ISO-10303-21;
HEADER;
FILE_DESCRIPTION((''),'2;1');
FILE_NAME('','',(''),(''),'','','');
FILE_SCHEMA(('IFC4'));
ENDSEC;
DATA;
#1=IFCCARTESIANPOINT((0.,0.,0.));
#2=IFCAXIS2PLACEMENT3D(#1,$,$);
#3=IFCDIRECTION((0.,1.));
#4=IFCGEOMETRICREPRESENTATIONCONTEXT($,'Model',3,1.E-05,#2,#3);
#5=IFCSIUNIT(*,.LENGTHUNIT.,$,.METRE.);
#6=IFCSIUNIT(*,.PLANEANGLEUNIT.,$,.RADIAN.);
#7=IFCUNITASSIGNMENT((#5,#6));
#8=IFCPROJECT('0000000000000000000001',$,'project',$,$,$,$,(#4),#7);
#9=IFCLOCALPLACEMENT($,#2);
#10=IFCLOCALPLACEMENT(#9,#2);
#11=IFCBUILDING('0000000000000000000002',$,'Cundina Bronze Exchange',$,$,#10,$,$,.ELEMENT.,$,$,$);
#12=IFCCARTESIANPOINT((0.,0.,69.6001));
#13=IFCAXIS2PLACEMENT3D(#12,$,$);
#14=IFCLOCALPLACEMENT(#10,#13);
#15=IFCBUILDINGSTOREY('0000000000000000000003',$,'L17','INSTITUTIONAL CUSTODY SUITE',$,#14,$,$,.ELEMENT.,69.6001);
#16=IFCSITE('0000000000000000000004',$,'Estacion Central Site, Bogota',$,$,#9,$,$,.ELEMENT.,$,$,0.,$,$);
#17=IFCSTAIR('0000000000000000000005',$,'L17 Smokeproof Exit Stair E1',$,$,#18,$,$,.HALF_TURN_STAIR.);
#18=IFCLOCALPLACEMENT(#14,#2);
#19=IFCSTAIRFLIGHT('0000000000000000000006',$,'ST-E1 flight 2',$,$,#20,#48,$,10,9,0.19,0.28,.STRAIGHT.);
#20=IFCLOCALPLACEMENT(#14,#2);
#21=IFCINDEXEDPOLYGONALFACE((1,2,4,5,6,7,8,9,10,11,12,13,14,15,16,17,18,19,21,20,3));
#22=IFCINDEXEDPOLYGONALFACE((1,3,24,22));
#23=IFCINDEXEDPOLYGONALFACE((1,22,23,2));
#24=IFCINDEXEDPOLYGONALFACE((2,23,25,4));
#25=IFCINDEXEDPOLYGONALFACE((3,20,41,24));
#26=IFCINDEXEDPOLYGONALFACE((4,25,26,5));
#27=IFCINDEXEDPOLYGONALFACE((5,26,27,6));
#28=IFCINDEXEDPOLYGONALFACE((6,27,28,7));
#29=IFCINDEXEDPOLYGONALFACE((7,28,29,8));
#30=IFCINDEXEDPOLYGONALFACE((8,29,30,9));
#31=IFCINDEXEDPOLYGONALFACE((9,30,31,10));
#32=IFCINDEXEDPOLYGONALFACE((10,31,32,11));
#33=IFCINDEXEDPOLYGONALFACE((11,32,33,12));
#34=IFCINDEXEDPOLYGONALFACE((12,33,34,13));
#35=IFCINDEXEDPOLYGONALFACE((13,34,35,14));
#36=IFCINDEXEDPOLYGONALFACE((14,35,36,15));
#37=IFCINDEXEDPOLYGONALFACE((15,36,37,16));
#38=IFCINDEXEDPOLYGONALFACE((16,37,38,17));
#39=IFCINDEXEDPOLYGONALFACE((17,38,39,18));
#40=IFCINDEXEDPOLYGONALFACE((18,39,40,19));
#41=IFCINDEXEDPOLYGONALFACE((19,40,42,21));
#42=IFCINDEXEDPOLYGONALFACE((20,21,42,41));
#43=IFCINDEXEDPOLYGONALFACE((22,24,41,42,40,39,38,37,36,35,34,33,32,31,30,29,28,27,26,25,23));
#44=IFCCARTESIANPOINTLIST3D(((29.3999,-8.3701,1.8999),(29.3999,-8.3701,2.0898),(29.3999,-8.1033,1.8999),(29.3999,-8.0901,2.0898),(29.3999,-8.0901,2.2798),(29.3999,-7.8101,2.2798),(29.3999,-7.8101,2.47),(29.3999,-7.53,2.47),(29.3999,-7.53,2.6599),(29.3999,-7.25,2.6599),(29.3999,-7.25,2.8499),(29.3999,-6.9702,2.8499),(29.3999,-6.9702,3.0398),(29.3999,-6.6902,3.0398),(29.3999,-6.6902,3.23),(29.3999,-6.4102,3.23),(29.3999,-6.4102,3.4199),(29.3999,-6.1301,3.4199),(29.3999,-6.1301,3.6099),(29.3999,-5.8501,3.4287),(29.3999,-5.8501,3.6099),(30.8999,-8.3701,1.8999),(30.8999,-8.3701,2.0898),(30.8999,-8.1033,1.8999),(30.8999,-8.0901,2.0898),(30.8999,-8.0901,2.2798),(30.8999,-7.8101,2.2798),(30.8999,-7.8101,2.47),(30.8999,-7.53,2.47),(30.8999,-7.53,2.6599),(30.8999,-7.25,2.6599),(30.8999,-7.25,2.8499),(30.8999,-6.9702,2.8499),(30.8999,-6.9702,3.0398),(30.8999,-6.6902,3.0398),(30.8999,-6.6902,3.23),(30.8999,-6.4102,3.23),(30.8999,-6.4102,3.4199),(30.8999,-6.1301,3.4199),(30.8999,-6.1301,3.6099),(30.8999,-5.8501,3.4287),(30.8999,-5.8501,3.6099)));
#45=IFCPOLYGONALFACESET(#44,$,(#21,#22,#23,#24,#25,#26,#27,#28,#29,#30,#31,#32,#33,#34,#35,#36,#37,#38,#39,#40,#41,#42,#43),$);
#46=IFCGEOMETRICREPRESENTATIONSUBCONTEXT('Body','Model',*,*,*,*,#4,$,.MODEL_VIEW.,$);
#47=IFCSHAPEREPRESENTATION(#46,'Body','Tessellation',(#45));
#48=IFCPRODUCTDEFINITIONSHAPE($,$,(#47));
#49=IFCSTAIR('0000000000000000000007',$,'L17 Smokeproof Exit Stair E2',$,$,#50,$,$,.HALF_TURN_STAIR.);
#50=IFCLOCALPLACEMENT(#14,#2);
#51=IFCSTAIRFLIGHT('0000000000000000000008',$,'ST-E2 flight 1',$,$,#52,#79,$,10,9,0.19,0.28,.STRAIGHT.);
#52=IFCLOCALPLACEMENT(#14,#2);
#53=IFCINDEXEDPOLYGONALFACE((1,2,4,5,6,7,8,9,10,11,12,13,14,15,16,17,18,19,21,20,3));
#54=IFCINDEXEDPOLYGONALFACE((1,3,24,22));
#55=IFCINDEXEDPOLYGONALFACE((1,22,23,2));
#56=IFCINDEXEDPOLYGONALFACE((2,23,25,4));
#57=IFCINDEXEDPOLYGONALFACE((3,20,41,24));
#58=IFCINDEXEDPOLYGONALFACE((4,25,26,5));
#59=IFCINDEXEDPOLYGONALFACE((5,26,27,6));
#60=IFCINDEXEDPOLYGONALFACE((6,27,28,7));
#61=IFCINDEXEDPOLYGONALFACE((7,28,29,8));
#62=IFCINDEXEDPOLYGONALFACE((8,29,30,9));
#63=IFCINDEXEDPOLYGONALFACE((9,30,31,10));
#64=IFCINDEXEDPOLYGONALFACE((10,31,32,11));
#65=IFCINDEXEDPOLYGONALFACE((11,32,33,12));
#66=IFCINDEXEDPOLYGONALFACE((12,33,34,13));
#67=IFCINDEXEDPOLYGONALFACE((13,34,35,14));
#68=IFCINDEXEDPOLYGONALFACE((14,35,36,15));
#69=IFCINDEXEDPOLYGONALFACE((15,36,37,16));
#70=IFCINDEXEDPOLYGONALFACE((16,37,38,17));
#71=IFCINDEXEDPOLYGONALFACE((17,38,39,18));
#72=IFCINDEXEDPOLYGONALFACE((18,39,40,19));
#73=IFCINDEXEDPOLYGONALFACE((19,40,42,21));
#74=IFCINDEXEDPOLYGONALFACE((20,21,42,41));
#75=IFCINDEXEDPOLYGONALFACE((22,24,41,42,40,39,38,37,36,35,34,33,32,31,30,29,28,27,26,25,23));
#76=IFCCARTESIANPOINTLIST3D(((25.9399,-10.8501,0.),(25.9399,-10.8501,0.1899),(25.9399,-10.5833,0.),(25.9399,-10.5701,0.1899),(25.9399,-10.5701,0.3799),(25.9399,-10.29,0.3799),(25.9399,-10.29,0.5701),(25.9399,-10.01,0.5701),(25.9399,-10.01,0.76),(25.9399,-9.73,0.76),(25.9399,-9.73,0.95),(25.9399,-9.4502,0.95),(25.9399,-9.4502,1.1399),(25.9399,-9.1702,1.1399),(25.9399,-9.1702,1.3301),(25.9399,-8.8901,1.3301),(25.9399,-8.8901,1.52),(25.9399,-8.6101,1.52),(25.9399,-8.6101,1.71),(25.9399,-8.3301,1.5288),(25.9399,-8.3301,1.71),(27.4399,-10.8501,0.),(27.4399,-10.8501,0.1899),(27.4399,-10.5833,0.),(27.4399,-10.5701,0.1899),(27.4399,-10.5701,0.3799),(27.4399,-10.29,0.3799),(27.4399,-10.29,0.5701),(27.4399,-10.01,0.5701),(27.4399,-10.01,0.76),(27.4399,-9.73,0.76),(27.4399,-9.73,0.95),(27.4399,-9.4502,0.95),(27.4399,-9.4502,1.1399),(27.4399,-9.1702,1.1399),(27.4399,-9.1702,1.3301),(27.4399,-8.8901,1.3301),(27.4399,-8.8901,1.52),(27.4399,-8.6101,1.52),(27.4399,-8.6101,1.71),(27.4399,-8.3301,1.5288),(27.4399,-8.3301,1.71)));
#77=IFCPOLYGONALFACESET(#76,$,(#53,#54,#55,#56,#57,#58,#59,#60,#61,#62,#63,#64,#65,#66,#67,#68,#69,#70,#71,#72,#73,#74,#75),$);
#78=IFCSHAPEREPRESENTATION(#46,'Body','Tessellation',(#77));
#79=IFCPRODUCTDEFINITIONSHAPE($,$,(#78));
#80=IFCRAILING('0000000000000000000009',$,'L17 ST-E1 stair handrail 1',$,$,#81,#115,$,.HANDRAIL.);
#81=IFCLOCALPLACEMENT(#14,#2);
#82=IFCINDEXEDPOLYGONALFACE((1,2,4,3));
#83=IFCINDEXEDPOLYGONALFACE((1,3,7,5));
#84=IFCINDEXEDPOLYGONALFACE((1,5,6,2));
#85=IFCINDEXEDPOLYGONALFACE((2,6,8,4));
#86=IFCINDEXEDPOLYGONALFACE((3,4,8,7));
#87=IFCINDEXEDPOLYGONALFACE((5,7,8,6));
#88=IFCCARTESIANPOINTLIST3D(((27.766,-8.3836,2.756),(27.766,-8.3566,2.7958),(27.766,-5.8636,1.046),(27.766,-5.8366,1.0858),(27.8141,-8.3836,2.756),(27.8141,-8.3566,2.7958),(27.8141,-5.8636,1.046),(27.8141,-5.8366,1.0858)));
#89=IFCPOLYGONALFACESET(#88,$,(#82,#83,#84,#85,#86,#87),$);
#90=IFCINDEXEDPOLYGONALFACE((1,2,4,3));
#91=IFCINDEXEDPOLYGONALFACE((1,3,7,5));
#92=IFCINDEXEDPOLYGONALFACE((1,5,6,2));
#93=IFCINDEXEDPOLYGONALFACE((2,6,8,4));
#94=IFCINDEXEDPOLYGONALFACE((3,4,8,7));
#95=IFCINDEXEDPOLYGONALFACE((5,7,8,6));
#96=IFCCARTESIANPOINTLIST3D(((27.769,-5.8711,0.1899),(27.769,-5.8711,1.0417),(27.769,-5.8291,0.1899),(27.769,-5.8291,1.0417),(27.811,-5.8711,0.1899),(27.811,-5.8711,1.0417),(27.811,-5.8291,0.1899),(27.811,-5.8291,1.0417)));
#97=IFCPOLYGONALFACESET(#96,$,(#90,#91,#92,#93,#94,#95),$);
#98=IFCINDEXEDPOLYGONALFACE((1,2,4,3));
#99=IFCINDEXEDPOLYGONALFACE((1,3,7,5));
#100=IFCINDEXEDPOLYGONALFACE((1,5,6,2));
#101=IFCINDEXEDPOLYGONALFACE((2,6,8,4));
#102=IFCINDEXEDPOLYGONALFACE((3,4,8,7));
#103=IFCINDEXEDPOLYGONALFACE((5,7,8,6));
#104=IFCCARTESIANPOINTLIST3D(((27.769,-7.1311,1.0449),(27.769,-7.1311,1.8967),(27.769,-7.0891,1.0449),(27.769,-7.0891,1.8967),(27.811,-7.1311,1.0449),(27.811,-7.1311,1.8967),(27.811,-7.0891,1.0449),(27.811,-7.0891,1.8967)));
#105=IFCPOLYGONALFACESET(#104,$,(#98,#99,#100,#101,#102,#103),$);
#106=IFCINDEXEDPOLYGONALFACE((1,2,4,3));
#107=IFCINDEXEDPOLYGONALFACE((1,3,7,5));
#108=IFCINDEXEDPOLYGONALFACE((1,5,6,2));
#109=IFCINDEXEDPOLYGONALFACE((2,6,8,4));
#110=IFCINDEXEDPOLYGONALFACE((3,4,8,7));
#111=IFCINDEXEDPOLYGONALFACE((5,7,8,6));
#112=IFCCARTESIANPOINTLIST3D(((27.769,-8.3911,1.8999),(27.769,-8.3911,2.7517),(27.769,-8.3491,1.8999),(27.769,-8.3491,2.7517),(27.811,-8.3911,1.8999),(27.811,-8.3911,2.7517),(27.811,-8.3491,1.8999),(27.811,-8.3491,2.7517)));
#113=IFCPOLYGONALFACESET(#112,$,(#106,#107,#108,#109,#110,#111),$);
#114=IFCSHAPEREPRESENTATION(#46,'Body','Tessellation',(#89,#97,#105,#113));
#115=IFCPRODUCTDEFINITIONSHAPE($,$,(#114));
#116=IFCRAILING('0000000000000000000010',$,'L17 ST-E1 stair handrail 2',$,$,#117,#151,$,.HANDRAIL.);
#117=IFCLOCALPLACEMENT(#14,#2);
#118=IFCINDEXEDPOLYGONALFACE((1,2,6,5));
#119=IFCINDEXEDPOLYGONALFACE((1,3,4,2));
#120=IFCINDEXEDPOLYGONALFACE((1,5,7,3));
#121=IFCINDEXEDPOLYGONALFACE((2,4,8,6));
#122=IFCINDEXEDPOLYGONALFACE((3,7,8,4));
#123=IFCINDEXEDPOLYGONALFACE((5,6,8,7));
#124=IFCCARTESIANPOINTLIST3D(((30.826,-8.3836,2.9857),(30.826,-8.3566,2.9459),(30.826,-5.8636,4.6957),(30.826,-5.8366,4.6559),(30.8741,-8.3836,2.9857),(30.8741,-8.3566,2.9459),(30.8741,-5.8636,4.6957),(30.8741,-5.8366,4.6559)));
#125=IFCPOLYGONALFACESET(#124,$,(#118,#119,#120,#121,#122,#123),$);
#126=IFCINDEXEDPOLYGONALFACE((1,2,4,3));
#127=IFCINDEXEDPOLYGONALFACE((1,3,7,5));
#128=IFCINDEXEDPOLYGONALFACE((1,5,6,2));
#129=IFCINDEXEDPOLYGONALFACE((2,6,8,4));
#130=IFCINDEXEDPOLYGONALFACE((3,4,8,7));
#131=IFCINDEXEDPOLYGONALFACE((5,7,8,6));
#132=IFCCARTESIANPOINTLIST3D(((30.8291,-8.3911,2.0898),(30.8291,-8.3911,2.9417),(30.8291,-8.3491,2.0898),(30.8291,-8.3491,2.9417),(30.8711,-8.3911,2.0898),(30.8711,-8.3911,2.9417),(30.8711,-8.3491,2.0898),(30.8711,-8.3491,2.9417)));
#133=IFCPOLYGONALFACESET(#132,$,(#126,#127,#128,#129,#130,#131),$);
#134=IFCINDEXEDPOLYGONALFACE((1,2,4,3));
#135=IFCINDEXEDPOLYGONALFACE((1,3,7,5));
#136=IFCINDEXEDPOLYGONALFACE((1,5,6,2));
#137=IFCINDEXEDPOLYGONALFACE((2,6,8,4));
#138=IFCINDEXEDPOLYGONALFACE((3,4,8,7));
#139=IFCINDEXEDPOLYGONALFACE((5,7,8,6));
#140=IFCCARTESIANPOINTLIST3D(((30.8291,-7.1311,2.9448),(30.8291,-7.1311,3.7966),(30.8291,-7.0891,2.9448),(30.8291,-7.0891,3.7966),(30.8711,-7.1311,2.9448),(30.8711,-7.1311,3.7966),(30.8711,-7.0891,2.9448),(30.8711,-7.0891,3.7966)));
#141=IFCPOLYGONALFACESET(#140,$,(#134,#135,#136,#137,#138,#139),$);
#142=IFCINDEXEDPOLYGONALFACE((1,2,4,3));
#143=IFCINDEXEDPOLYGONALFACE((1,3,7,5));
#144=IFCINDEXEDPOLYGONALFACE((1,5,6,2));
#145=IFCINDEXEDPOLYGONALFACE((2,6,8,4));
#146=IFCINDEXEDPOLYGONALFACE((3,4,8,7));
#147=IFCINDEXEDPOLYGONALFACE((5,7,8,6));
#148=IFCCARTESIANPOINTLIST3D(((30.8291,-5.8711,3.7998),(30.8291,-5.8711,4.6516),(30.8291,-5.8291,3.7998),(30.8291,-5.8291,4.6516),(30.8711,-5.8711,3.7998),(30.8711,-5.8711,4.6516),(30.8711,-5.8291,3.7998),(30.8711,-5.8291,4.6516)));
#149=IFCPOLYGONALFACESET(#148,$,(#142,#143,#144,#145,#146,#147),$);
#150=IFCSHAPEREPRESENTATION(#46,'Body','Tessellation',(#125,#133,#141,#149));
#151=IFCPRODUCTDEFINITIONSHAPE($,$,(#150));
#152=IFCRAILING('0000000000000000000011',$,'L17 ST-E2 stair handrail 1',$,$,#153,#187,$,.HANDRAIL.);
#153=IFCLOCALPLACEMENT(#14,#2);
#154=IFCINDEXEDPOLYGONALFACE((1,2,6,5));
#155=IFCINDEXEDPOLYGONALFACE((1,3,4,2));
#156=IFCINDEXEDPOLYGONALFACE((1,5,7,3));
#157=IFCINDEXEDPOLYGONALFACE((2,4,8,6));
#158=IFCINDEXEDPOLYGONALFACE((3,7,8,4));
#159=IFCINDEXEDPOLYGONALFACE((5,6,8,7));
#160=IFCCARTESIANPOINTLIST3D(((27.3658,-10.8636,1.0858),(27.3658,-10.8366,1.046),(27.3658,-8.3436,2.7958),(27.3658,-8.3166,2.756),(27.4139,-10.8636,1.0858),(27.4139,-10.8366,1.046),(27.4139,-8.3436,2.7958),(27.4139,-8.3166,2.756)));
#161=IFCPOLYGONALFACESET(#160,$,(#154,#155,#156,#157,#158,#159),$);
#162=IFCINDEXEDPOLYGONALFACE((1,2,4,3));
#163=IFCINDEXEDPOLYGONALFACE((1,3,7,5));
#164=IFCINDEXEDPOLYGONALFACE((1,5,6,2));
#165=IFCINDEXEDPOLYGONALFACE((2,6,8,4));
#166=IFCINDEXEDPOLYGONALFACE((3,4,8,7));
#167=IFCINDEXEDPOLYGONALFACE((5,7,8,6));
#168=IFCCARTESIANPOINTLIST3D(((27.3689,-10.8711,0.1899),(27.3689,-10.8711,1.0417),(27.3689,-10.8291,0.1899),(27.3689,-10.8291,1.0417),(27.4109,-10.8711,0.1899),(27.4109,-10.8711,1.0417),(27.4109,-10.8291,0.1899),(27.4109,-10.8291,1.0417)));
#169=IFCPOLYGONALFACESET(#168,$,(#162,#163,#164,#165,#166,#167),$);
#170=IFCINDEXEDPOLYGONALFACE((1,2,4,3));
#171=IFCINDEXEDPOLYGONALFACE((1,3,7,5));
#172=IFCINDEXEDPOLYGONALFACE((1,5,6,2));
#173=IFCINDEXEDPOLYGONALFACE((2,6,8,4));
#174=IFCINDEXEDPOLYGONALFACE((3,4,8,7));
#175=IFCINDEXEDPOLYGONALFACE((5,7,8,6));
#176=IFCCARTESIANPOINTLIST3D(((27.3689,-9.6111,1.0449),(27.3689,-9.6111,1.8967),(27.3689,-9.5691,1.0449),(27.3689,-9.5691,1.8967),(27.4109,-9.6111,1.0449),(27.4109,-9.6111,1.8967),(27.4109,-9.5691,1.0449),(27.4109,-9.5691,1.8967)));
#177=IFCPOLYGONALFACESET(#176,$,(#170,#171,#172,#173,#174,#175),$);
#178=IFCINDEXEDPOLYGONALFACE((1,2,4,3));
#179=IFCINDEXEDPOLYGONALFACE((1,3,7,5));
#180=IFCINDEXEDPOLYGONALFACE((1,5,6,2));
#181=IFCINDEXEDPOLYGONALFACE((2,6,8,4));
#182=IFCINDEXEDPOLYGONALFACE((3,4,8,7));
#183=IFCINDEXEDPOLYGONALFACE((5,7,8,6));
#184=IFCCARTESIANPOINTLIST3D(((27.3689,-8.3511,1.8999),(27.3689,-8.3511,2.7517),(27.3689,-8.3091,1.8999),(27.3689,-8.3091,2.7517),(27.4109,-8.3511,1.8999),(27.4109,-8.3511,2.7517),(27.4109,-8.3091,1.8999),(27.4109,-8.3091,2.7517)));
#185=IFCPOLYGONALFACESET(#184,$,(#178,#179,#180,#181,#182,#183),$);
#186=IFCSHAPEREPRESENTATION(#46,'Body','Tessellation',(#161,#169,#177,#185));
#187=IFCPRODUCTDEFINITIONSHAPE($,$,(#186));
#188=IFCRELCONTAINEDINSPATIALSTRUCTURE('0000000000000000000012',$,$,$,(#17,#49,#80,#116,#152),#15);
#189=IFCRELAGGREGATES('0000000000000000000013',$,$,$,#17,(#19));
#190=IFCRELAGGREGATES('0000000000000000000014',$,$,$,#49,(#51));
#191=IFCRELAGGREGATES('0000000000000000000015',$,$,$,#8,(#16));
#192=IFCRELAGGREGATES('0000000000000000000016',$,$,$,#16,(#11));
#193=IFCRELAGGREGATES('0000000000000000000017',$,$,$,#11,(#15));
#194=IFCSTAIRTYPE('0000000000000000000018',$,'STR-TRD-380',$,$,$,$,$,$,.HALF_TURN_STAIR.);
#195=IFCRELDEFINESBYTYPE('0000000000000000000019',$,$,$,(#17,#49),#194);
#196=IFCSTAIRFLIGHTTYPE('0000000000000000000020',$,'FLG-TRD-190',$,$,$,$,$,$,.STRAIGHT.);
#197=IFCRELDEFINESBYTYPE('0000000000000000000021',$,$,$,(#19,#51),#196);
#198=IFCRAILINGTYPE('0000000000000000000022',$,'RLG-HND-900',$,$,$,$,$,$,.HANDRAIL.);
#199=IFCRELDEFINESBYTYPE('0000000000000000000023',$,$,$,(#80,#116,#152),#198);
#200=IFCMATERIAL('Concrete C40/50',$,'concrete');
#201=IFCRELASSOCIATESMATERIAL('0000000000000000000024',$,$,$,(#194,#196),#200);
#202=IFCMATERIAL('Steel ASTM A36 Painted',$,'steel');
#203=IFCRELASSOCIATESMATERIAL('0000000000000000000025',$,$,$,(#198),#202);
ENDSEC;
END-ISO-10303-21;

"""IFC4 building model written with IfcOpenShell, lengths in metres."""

from ifc_helpers import new_model, si_unit, direction, frame, origin, origin_2d, place, context, subcontext, project, spatial, polyline, rectangle, outline, extrude, material, type_object, element, aggregate, save


model = new_model("IFC4")

# Units and contexts
model_context = context("Model", 3, precision=1e-05, world=origin(), true_north=direction((0.0, 1.0)))
body_context = subcontext(model_context, "Body", "Model", "MODEL_VIEW")
ifc_project = project(units=[si_unit("LENGTHUNIT", "METRE"), si_unit("PLANEANGLEUNIT", "RADIAN")], contexts=[model_context])

# Site, building, storey
site_placement = place(None, origin())
site = spatial("IfcSite", under=ifc_project, at=site_placement, Name="Estacion Central Site, Bogota", CompositionType="ELEMENT", RefElevation=0.0)
building_placement = place(site_placement, origin())
building = spatial("IfcBuilding", under=site, at=building_placement, Name="Cundina Bronze Exchange", CompositionType="ELEMENT")
storey_placement = place(building_placement, frame((0.0, 0.0, 69.6001)))
storey = spatial("IfcBuildingStorey", under=building, at=storey_placement, Name="L17", Description="INSTITUTIONAL CUSTODY SUITE", CompositionType="ELEMENT", Elevation=69.6001)

# Stair, stair flight
ifc_material_1 = material(Name="Concrete C40/50", Category="concrete")
stair_type = type_object("IfcStairType", Name="STR-TRD-380", PredefinedType="HALF_TURN_STAIR", material=ifc_material_1)
stair_1_placement = place(storey_placement, origin())
stair_1 = element("IfcStair", 1, at=stair_1_placement, inside=storey, type_object=stair_type, Name="L17 Smokeproof Exit Stair E1", PredefinedType="HALF_TURN_STAIR")
stair_flight_type = type_object("IfcStairFlightType", Name="FLG-TRD-190", PredefinedType="STRAIGHT", material=ifc_material_1)
stair_flight_1_placement = place(storey_placement, frame((30.1499, -8.3701, 1.8999), z_axis=(0.0, 0.0, 1.0), x_axis=(0.0, 1.0, 0.0)))
stair_flight_1 = element("IfcStairFlight", 2, at=stair_flight_1_placement, type_object=stair_flight_type, Name="ST-E1 flight 2", NumberOfRisers=10, NumberOfTreads=9, PredefinedType="STRAIGHT", RiserHeight=0.19, TreadLength=0.28, context=body_context, shape_type="SweptSolid", body=[
    extrude(outline(polyline([(0.0, 0.0), (0.0, 0.1899), (0.28, 0.1899), (0.28, 0.3799), (0.5601, 0.3799), (0.5601, 0.5701), (0.8401, 0.5701), (0.8401, 0.76), (1.1201, 0.76), (1.1201, 0.95), (1.3999, 0.95), (1.3999, 1.1399), (1.6799, 1.1399), (1.6799, 1.3301), (1.96, 1.3301), (1.96, 1.52), (2.24, 1.52), (2.24, 1.71), (2.52, 1.71), (2.52, 1.8999), (2.52, 1.5288), (0.2668, 0.0), (0.0, 0.0)])), frame((0.0, 0.75, 0.0), z_axis=(0.0, -1.0, 0.0), x_axis=(1.0, 0.0, 0.0)), (0.0, 0.0, 1.0), 1.5),
])
aggregate(stair_1, [stair_flight_1])

# Stair, stair flight
stair_2_placement = place(storey_placement, origin())
stair_2 = element("IfcStair", 3, at=stair_2_placement, inside=storey, type_object=stair_type, Name="L17 Smokeproof Exit Stair E2", PredefinedType="HALF_TURN_STAIR")
stair_flight_2_placement = place(storey_placement, frame((26.6899, -10.8501, 0.0), z_axis=(0.0, 0.0, 1.0), x_axis=(0.0, 1.0, 0.0)))
stair_flight_2 = element("IfcStairFlight", 4, at=stair_flight_2_placement, type_object=stair_flight_type, Name="ST-E2 flight 1", NumberOfRisers=10, NumberOfTreads=9, PredefinedType="STRAIGHT", RiserHeight=0.19, TreadLength=0.28, context=body_context, shape_type="SweptSolid", body=[
    extrude(outline(polyline([(0.0, 0.0), (0.0, 0.1899), (0.28, 0.1899), (0.28, 0.3799), (0.5601, 0.3799), (0.5601, 0.5701), (0.8401, 0.5701), (0.8401, 0.76), (1.1201, 0.76), (1.1201, 0.95), (1.3999, 0.95), (1.3999, 1.1399), (1.6799, 1.1399), (1.6799, 1.3301), (1.96, 1.3301), (1.96, 1.52), (2.24, 1.52), (2.24, 1.71), (2.52, 1.71), (2.52, 1.8999), (2.52, 1.5288), (0.2668, 0.0), (0.0, 0.0)])), frame((0.0, 0.75, 0.0), z_axis=(0.0, -1.0, 0.0), x_axis=(1.0, 0.0, 0.0)), (0.0, 0.0, 1.0), 1.5),
])
aggregate(stair_2, [stair_flight_2])

# Railings
ifc_material_2 = material(Name="Steel ASTM A36 Painted", Category="steel")
railing_type_1 = type_object("IfcRailingType", Name="RLG-HND-900", PredefinedType="HANDRAIL", material=ifc_material_2)
railing_1_placement = place(storey_placement, frame((27.79, -5.8501, 0.1899)))
element("IfcRailing", 5, at=railing_1_placement, inside=storey, type_object=railing_type_1, Name="L17 ST-E1 stair handrail 1", PredefinedType="HANDRAIL", context=body_context, shape_type="SweptSolid", body=[
    extrude(rectangle(XDim=0.0481, YDim=0.0481, at=origin_2d()), frame((0.0, 0.0, 0.876), z_axis=(0.0, -0.827484, 0.56149), x_axis=(1.0, 0.0, 0.0)), (0.0, 0.0, 1.0), 3.0454),
    extrude(rectangle(XDim=0.042, YDim=0.042, at=origin_2d()), origin(), (0.0, 0.0, 1.0), 0.8518),
    extrude(rectangle(XDim=0.042, YDim=0.042, at=origin_2d()), frame((0.0, -1.26, 0.855)), (0.0, 0.0, 1.0), 0.8518),
    extrude(rectangle(XDim=0.042, YDim=0.042, at=origin_2d()), frame((0.0, -2.52, 1.71)), (0.0, 0.0, 1.0), 0.8518),
])
for number, where, name in (
    (6, (30.8501, -8.3701, 2.0898), "L17 ST-E1 stair handrail 2"),
    (7, (27.3899, -10.8501, 0.1899), "L17 ST-E2 stair handrail 1"),
):
    element("IfcRailing", number, at=place(storey_placement, frame(where)), inside=storey, type_object=railing_type_1, Name=name, PredefinedType="HANDRAIL", context=body_context, shape_type="SweptSolid", body=[
        extrude(rectangle(XDim=0.0481, YDim=0.0481, at=origin_2d()), frame((0.0, 0.0, 0.876), z_axis=(0.0, 0.827484, 0.56149), x_axis=(-1.0, 0.0, 0.0)), (0.0, 0.0, 1.0), 3.0454),
        extrude(rectangle(XDim=0.042, YDim=0.042, at=origin_2d()), origin(), (0.0, 0.0, 1.0), 0.8518),
        extrude(rectangle(XDim=0.042, YDim=0.042, at=origin_2d()), frame((0.0, 1.26, 0.855)), (0.0, 0.0, 1.0), 0.8518),
        extrude(rectangle(XDim=0.042, YDim=0.042, at=origin_2d()), frame((0.0, 2.52, 1.71)), (0.0, 0.0, 1.0), 0.8518),
    ])

save(model, "model.ifc")
